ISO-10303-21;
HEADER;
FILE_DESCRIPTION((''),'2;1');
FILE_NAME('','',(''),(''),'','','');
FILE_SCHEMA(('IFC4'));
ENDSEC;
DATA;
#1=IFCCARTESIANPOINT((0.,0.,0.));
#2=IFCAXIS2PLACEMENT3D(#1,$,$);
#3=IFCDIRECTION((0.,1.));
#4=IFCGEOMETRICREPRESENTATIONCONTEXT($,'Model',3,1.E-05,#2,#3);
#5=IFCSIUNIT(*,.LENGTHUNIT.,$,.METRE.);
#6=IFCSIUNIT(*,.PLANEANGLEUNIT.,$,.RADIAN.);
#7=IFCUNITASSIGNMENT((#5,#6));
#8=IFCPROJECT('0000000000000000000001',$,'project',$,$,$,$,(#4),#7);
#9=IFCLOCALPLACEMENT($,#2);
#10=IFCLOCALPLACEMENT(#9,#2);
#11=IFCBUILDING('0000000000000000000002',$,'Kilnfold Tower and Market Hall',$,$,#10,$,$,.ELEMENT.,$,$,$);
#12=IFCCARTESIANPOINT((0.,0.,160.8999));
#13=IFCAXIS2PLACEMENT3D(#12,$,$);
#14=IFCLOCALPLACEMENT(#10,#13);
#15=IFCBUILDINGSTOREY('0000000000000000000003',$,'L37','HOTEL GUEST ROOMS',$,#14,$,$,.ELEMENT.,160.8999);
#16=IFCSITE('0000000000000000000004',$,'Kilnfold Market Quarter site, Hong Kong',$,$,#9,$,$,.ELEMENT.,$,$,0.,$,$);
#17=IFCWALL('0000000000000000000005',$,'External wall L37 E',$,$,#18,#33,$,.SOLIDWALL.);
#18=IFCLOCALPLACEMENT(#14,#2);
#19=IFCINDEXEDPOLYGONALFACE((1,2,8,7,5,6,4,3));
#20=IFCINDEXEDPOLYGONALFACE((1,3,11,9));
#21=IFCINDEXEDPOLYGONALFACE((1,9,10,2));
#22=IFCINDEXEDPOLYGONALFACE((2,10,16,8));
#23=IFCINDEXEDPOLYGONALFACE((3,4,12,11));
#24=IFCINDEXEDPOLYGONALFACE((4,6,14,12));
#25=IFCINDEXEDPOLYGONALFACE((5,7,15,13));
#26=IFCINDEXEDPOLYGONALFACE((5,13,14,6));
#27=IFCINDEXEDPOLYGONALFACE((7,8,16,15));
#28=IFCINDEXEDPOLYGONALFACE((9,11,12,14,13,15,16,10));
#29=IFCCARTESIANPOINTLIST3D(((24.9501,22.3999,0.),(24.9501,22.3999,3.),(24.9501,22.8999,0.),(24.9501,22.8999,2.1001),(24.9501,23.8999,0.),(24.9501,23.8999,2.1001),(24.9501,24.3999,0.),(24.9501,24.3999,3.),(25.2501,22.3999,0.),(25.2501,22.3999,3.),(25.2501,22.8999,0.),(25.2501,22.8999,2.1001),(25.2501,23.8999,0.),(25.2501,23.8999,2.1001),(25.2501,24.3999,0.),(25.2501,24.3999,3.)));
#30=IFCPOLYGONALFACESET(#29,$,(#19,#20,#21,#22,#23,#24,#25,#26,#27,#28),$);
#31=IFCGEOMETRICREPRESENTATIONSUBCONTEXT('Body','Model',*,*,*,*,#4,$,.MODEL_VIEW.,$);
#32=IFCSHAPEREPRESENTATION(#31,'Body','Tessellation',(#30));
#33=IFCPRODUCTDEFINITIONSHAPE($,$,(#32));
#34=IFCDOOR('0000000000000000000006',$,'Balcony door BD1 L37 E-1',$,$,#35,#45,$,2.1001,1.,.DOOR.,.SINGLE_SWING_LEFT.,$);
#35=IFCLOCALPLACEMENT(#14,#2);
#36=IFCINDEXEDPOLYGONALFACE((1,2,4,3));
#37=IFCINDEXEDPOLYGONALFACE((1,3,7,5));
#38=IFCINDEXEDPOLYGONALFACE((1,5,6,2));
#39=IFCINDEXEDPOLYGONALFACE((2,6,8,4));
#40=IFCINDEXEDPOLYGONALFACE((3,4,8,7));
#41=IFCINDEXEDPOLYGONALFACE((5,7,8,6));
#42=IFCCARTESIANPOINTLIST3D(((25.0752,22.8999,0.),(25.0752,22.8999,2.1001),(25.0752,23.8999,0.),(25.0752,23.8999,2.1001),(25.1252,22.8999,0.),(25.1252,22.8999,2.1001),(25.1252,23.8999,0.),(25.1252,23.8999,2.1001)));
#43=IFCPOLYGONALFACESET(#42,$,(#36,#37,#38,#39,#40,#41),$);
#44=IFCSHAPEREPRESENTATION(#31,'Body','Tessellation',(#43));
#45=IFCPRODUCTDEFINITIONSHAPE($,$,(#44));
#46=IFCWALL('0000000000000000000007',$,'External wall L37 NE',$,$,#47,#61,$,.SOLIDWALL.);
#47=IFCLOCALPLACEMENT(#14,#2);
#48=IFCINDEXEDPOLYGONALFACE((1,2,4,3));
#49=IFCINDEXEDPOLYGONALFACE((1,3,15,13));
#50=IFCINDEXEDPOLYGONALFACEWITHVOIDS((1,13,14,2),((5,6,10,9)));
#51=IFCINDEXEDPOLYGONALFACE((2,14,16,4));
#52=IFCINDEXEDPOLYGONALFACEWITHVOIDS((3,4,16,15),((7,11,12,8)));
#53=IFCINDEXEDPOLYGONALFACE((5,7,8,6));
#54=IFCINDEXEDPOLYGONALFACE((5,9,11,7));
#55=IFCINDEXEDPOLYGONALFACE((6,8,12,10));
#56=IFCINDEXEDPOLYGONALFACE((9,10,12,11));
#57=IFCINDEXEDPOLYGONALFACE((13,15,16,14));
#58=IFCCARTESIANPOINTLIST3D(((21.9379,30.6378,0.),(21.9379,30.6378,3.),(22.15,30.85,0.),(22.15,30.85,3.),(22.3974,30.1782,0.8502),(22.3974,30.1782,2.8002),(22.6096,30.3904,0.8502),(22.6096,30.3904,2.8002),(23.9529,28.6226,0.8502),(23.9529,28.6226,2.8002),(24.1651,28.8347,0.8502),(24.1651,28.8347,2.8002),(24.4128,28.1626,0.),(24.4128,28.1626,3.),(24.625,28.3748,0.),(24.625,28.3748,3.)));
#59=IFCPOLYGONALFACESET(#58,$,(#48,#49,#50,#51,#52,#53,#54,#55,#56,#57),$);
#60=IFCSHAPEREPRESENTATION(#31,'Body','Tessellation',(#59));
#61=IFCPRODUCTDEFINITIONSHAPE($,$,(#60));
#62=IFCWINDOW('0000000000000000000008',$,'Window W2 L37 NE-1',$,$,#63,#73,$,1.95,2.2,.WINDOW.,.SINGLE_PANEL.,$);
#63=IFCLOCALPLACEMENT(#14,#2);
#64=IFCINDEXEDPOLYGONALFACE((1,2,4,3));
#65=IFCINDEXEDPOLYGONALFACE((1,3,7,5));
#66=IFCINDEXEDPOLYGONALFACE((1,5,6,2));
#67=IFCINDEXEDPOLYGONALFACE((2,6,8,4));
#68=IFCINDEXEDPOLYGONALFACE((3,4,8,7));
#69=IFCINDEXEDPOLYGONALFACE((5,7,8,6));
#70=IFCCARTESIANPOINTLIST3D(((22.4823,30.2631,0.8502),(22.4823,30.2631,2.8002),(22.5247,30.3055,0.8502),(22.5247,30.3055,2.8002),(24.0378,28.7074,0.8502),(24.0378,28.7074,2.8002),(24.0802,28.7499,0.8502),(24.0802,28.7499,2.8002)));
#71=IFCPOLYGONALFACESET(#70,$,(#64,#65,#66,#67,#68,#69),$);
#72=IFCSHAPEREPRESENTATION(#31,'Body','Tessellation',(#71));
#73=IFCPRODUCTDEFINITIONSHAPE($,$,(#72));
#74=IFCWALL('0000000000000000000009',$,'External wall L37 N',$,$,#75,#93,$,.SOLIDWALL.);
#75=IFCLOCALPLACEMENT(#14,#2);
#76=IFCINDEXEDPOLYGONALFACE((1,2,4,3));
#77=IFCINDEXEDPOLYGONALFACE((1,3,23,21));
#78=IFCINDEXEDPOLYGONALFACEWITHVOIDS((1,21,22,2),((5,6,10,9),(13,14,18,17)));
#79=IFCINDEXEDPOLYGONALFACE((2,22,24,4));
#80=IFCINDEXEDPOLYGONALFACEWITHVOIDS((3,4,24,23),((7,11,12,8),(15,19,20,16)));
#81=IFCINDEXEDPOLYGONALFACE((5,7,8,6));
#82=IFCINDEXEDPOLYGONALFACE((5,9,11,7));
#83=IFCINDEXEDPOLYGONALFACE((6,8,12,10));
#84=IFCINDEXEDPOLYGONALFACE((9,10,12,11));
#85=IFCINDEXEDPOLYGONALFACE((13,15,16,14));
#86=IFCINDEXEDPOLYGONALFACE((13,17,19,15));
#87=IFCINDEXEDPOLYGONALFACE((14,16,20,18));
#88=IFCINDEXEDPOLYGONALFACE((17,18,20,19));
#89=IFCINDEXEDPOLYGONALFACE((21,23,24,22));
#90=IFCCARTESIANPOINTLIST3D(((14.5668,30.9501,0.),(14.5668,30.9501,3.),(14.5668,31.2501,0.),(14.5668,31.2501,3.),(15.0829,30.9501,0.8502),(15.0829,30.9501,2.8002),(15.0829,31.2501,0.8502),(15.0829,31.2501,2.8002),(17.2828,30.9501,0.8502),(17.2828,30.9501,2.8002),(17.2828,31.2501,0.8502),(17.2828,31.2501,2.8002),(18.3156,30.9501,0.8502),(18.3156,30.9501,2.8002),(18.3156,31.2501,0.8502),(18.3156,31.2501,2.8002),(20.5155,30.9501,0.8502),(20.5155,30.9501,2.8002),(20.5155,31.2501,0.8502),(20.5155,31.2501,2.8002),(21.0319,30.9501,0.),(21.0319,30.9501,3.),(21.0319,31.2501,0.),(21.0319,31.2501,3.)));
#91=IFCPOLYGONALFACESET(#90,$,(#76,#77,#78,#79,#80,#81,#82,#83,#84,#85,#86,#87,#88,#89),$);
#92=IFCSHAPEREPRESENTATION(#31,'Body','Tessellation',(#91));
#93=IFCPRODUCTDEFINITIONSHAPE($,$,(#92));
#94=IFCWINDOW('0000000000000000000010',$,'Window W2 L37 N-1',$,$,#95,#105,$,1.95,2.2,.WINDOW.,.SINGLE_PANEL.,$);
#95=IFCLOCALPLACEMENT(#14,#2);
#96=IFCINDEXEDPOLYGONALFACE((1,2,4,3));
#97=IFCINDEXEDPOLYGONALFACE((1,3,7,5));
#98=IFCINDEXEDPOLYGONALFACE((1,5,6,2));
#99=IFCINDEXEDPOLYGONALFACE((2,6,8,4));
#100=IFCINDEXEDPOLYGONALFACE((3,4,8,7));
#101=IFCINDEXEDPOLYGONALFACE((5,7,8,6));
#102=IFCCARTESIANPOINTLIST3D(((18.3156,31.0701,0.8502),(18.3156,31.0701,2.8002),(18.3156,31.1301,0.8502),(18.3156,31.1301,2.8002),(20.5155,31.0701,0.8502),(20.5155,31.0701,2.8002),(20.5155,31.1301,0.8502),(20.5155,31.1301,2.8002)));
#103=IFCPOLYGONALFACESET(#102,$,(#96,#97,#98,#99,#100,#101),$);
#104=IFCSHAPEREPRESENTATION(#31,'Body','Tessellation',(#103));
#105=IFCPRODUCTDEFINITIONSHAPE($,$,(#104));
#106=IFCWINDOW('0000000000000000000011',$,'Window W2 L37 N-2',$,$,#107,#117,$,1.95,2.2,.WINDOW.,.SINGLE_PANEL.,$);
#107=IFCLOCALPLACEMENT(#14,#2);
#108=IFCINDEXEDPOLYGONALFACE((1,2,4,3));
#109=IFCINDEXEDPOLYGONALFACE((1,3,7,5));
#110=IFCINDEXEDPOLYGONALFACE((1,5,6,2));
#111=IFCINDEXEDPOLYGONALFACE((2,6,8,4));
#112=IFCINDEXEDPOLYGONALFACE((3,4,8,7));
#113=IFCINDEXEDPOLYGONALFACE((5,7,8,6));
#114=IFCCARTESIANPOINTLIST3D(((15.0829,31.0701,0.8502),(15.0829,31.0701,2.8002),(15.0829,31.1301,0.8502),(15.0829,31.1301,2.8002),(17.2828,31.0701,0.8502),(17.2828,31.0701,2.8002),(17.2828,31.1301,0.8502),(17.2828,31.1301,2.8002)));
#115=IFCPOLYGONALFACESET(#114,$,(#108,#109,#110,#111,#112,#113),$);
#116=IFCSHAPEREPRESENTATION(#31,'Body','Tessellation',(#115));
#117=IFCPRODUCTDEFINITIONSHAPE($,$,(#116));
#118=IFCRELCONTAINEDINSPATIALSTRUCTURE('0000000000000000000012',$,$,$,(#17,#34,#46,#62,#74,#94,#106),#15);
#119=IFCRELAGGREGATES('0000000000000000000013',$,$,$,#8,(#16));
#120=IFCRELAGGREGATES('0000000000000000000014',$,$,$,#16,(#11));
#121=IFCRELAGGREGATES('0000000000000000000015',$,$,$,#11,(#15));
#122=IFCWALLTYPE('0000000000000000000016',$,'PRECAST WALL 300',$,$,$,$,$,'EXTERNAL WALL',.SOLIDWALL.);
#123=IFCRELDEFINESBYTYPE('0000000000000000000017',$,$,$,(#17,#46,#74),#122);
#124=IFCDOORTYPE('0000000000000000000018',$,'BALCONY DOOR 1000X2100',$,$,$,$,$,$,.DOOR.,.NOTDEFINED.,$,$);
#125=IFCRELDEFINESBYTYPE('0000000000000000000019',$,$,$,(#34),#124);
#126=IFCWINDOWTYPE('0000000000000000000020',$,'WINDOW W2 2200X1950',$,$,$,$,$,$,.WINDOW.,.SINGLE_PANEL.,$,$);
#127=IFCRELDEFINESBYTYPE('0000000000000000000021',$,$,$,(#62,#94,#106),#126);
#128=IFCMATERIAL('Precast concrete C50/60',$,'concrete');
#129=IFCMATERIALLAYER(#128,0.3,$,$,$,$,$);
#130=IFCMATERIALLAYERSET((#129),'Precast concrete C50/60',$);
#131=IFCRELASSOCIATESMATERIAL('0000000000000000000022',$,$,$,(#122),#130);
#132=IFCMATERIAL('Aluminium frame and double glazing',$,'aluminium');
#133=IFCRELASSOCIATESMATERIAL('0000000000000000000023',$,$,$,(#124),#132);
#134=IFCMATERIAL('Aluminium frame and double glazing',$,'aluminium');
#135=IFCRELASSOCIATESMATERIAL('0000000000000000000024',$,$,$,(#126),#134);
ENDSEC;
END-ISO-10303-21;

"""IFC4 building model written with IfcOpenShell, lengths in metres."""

from ifc_helpers import new_model, si_unit, direction, frame, frame_2d, origin, place, context, subcontext, project, spatial, rectangle, extrude, source, transform, mapped, material, layer, layer_set, type_object, element, fill, save


model = new_model("IFC4")

# Units and contexts
model_context = context("Model", 3, precision=1e-05, world=origin(), true_north=direction((0.0, 1.0)))
body_context = subcontext(model_context, "Body", "Model", "MODEL_VIEW")
ifc_project = project(units=[si_unit("LENGTHUNIT", "METRE"), si_unit("PLANEANGLEUNIT", "RADIAN")], contexts=[model_context])

# Site, building, storey
site_placement = place(None, origin())
site = spatial("IfcSite", under=ifc_project, at=site_placement, Name="Kilnfold Market Quarter site, Hong Kong", CompositionType="ELEMENT", RefElevation=0.0)
building_placement = place(site_placement, origin())
building = spatial("IfcBuilding", under=site, at=building_placement, Name="Kilnfold Tower and Market Hall", CompositionType="ELEMENT")
storey_placement = place(building_placement, frame((0.0, 0.0, 160.8999)))
storey = spatial("IfcBuildingStorey", under=building, at=storey_placement, Name="L37", Description="HOTEL GUEST ROOMS", CompositionType="ELEMENT", Elevation=160.8999)

# Wall, opening, door
ifc_material_1 = material(Name="Precast concrete C50/60", Category="concrete")
ifc_layer_1 = layer(ifc_material_1, 0.3)
ifc_layer_set_1 = layer_set([ifc_layer_1], Name="Precast concrete C50/60")
wall_type_1 = type_object("IfcWallType", Name="PRECAST WALL 300", ElementType="EXTERNAL WALL", PredefinedType="SOLIDWALL", material=ifc_layer_set_1)
shared_shape_1 = source(origin(), body_context, "Body", "SweptSolid", [
    extrude(rectangle(XDim=2.0, YDim=0.3, at=frame_2d((1.0, 0.0))), origin(), (0.0, 0.0, 1.0), 3.0),
])
wall_1_placement = place(storey_placement, frame((25.1001, 22.3999, 0.0), z_axis=(0.0, 0.0, 1.0), x_axis=(0.0, 1.0, 0.0)))
wall_1 = element("IfcWall", 1, at=wall_1_placement, inside=storey, type_object=wall_type_1, Name="External wall L37 E", PredefinedType="SOLIDWALL", context=body_context, shape_type="MappedRepresentation", body=[
    mapped(shared_shape_1, transform((0.0, 0.0, 0.0))),
])
opening_1_placement = place(wall_1_placement, frame((0.5, 0.0, 0.0)))
opening_1 = element("IfcOpeningElement", 2, at=opening_1_placement, cuts=wall_1, PredefinedType="OPENING", context=body_context, shape_type="SweptSolid", body=[
    extrude(rectangle(XDim=1.0, YDim=2.1001, at=frame_2d((0.5, 1.05))), frame((0.0, 0.1602, 0.0), z_axis=(0.0, -1.0, 0.0), x_axis=(1.0, 0.0, 0.0)), (0.0, 0.0, 1.0), 0.3201),
])
ifc_material_2 = material(Name="Aluminium frame and double glazing", Category="aluminium")
door_type_1 = type_object("IfcDoorType", Name="BALCONY DOOR 1000X2100", OperationType="NOTDEFINED", PredefinedType="DOOR", material=ifc_material_2)
door_1_placement = place(opening_1_placement, origin())
door_1 = element("IfcDoor", 3, at=door_1_placement, inside=storey, type_object=door_type_1, Name="Balcony door BD1 L37 E-1", OperationType="SINGLE_SWING_LEFT", OverallHeight=2.1001, OverallWidth=1.0, PredefinedType="DOOR", context=body_context, shape_type="SweptSolid", body=[
    extrude(rectangle(XDim=1.0, YDim=2.1001, at=frame_2d((0.5, 1.05))), frame((0.0, 0.0249, 0.0), z_axis=(0.0, -1.0, 0.0), x_axis=(1.0, 0.0, 0.0)), (0.0, 0.0, 1.0), 0.05),
])
fill(opening_1, door_1)

# Wall, opening, window
shared_shape_2 = source(origin(), body_context, "Body", "SweptSolid", [
    extrude(rectangle(XDim=3.5002, YDim=0.3, at=frame_2d((1.75, 0.0))), origin(), (0.0, 0.0, 1.0), 3.0),
])
wall_2_placement = place(storey_placement, frame((24.5188, 28.2688, 0.0), z_axis=(0.0, 0.0, 1.0), x_axis=(-0.707072, 0.707142, 0.0)))
wall_2 = element("IfcWall", 4, at=wall_2_placement, inside=storey, type_object=wall_type_1, Name="External wall L37 NE", PredefinedType="SOLIDWALL", context=body_context, shape_type="MappedRepresentation", body=[
    mapped(shared_shape_2, transform((0.0, 0.0, 0.0))),
])
opening_2_placement = place(wall_2_placement, frame((0.6501, 0.0, 0.8501)))
opening_2 = element("IfcOpeningElement", 5, at=opening_2_placement, cuts=wall_2, PredefinedType="OPENING", context=body_context, shape_type="SweptSolid", body=[
    extrude(rectangle(XDim=2.2, YDim=1.95, at=frame_2d((1.1001, 0.9751))), frame((0.0, 0.1602, 0.0), z_axis=(0.0, -1.0, 0.0), x_axis=(1.0, 0.0, 0.0)), (0.0, 0.0, 1.0), 0.3201),
])
ifc_material_3 = material(Name="Aluminium frame and double glazing", Category="aluminium")
window_type = type_object("IfcWindowType", Name="WINDOW W2 2200X1950", PartitioningType="SINGLE_PANEL", PredefinedType="WINDOW", material=ifc_material_3)
window_1_placement = place(opening_2_placement, origin())
window_1 = element("IfcWindow", 6, at=window_1_placement, inside=storey, type_object=window_type, Name="Window W2 L37 NE-1", OverallHeight=1.95, OverallWidth=2.2, PartitioningType="SINGLE_PANEL", PredefinedType="WINDOW", context=body_context, shape_type="SweptSolid", body=[
    extrude(rectangle(XDim=2.2, YDim=1.95, at=frame_2d((1.1001, 0.9751))), frame((0.0, 0.03, 0.0), z_axis=(0.0, -1.0, 0.0), x_axis=(1.0, 0.0, 0.0)), (0.0, 0.0, 1.0), 0.0601),
])
fill(opening_2, window_1)

# Wall, openings, windows
shared_shape_3 = source(origin(), body_context, "Body", "SweptSolid", [
    extrude(rectangle(XDim=6.4651, YDim=0.3, at=frame_2d((3.2324, 0.0))), origin(), (0.0, 0.0, 1.0), 3.0),
])
wall_3_placement = place(storey_placement, frame((21.0317, 31.1001, 0.0), z_axis=(0.0, 0.0, 1.0), x_axis=(-1.0, 0.0, 0.0)))
wall_3 = element("IfcWall", 7, at=wall_3_placement, inside=storey, type_object=wall_type_1, Name="External wall L37 N", PredefinedType="SOLIDWALL", context=body_context, shape_type="MappedRepresentation", body=[
    mapped(shared_shape_3, transform((0.0, 0.0, 0.0))),
])
opening_3_placement = place(wall_3_placement, frame((0.5161, 0.0, 0.8501)))
opening_3 = element("IfcOpeningElement", 8, at=opening_3_placement, cuts=wall_3, PredefinedType="OPENING", context=body_context, shape_type="SweptSolid", body=[
    extrude(rectangle(XDim=2.2, YDim=1.95, at=frame_2d((1.1001, 0.9751))), frame((0.0, 0.1602, 0.0), z_axis=(0.0, -1.0, 0.0), x_axis=(1.0, 0.0, 0.0)), (0.0, 0.0, 1.0), 0.3201),
])
opening_4_placement = place(wall_3_placement, frame((3.7488, 0.0, 0.8501)))
opening_4 = element("IfcOpeningElement", 9, at=opening_4_placement, cuts=wall_3, PredefinedType="OPENING", context=body_context, shape_type="SweptSolid", body=[
    extrude(rectangle(XDim=2.2, YDim=1.95, at=frame_2d((1.1001, 0.9751))), frame((0.0, 0.1602, 0.0), z_axis=(0.0, -1.0, 0.0), x_axis=(1.0, 0.0, 0.0)), (0.0, 0.0, 1.0), 0.3201),
])
window_2_placement = place(opening_3_placement, origin())
window_2 = element("IfcWindow", 10, at=window_2_placement, inside=storey, type_object=window_type, Name="Window W2 L37 N-1", OverallHeight=1.95, OverallWidth=2.2, PartitioningType="SINGLE_PANEL", PredefinedType="WINDOW", context=body_context, shape_type="SweptSolid", body=[
    extrude(rectangle(XDim=2.2, YDim=1.95, at=frame_2d((1.1001, 0.9751))), frame((0.0, 0.03, 0.0), z_axis=(0.0, -1.0, 0.0), x_axis=(1.0, 0.0, 0.0)), (0.0, 0.0, 1.0), 0.0601),
])
fill(opening_3, window_2)
window_3_placement = place(opening_4_placement, origin())
window_3 = element("IfcWindow", 11, at=window_3_placement, inside=storey, type_object=window_type, Name="Window W2 L37 N-2", OverallHeight=1.95, OverallWidth=2.2, PartitioningType="SINGLE_PANEL", PredefinedType="WINDOW", context=body_context, shape_type="SweptSolid", body=[
    extrude(rectangle(XDim=2.2, YDim=1.95, at=frame_2d((1.1001, 0.9751))), frame((0.0, 0.03, 0.0), z_axis=(0.0, -1.0, 0.0), x_axis=(1.0, 0.0, 0.0)), (0.0, 0.0, 1.0), 0.0601),
])
fill(opening_4, window_3)

save(model, "model.ifc")
